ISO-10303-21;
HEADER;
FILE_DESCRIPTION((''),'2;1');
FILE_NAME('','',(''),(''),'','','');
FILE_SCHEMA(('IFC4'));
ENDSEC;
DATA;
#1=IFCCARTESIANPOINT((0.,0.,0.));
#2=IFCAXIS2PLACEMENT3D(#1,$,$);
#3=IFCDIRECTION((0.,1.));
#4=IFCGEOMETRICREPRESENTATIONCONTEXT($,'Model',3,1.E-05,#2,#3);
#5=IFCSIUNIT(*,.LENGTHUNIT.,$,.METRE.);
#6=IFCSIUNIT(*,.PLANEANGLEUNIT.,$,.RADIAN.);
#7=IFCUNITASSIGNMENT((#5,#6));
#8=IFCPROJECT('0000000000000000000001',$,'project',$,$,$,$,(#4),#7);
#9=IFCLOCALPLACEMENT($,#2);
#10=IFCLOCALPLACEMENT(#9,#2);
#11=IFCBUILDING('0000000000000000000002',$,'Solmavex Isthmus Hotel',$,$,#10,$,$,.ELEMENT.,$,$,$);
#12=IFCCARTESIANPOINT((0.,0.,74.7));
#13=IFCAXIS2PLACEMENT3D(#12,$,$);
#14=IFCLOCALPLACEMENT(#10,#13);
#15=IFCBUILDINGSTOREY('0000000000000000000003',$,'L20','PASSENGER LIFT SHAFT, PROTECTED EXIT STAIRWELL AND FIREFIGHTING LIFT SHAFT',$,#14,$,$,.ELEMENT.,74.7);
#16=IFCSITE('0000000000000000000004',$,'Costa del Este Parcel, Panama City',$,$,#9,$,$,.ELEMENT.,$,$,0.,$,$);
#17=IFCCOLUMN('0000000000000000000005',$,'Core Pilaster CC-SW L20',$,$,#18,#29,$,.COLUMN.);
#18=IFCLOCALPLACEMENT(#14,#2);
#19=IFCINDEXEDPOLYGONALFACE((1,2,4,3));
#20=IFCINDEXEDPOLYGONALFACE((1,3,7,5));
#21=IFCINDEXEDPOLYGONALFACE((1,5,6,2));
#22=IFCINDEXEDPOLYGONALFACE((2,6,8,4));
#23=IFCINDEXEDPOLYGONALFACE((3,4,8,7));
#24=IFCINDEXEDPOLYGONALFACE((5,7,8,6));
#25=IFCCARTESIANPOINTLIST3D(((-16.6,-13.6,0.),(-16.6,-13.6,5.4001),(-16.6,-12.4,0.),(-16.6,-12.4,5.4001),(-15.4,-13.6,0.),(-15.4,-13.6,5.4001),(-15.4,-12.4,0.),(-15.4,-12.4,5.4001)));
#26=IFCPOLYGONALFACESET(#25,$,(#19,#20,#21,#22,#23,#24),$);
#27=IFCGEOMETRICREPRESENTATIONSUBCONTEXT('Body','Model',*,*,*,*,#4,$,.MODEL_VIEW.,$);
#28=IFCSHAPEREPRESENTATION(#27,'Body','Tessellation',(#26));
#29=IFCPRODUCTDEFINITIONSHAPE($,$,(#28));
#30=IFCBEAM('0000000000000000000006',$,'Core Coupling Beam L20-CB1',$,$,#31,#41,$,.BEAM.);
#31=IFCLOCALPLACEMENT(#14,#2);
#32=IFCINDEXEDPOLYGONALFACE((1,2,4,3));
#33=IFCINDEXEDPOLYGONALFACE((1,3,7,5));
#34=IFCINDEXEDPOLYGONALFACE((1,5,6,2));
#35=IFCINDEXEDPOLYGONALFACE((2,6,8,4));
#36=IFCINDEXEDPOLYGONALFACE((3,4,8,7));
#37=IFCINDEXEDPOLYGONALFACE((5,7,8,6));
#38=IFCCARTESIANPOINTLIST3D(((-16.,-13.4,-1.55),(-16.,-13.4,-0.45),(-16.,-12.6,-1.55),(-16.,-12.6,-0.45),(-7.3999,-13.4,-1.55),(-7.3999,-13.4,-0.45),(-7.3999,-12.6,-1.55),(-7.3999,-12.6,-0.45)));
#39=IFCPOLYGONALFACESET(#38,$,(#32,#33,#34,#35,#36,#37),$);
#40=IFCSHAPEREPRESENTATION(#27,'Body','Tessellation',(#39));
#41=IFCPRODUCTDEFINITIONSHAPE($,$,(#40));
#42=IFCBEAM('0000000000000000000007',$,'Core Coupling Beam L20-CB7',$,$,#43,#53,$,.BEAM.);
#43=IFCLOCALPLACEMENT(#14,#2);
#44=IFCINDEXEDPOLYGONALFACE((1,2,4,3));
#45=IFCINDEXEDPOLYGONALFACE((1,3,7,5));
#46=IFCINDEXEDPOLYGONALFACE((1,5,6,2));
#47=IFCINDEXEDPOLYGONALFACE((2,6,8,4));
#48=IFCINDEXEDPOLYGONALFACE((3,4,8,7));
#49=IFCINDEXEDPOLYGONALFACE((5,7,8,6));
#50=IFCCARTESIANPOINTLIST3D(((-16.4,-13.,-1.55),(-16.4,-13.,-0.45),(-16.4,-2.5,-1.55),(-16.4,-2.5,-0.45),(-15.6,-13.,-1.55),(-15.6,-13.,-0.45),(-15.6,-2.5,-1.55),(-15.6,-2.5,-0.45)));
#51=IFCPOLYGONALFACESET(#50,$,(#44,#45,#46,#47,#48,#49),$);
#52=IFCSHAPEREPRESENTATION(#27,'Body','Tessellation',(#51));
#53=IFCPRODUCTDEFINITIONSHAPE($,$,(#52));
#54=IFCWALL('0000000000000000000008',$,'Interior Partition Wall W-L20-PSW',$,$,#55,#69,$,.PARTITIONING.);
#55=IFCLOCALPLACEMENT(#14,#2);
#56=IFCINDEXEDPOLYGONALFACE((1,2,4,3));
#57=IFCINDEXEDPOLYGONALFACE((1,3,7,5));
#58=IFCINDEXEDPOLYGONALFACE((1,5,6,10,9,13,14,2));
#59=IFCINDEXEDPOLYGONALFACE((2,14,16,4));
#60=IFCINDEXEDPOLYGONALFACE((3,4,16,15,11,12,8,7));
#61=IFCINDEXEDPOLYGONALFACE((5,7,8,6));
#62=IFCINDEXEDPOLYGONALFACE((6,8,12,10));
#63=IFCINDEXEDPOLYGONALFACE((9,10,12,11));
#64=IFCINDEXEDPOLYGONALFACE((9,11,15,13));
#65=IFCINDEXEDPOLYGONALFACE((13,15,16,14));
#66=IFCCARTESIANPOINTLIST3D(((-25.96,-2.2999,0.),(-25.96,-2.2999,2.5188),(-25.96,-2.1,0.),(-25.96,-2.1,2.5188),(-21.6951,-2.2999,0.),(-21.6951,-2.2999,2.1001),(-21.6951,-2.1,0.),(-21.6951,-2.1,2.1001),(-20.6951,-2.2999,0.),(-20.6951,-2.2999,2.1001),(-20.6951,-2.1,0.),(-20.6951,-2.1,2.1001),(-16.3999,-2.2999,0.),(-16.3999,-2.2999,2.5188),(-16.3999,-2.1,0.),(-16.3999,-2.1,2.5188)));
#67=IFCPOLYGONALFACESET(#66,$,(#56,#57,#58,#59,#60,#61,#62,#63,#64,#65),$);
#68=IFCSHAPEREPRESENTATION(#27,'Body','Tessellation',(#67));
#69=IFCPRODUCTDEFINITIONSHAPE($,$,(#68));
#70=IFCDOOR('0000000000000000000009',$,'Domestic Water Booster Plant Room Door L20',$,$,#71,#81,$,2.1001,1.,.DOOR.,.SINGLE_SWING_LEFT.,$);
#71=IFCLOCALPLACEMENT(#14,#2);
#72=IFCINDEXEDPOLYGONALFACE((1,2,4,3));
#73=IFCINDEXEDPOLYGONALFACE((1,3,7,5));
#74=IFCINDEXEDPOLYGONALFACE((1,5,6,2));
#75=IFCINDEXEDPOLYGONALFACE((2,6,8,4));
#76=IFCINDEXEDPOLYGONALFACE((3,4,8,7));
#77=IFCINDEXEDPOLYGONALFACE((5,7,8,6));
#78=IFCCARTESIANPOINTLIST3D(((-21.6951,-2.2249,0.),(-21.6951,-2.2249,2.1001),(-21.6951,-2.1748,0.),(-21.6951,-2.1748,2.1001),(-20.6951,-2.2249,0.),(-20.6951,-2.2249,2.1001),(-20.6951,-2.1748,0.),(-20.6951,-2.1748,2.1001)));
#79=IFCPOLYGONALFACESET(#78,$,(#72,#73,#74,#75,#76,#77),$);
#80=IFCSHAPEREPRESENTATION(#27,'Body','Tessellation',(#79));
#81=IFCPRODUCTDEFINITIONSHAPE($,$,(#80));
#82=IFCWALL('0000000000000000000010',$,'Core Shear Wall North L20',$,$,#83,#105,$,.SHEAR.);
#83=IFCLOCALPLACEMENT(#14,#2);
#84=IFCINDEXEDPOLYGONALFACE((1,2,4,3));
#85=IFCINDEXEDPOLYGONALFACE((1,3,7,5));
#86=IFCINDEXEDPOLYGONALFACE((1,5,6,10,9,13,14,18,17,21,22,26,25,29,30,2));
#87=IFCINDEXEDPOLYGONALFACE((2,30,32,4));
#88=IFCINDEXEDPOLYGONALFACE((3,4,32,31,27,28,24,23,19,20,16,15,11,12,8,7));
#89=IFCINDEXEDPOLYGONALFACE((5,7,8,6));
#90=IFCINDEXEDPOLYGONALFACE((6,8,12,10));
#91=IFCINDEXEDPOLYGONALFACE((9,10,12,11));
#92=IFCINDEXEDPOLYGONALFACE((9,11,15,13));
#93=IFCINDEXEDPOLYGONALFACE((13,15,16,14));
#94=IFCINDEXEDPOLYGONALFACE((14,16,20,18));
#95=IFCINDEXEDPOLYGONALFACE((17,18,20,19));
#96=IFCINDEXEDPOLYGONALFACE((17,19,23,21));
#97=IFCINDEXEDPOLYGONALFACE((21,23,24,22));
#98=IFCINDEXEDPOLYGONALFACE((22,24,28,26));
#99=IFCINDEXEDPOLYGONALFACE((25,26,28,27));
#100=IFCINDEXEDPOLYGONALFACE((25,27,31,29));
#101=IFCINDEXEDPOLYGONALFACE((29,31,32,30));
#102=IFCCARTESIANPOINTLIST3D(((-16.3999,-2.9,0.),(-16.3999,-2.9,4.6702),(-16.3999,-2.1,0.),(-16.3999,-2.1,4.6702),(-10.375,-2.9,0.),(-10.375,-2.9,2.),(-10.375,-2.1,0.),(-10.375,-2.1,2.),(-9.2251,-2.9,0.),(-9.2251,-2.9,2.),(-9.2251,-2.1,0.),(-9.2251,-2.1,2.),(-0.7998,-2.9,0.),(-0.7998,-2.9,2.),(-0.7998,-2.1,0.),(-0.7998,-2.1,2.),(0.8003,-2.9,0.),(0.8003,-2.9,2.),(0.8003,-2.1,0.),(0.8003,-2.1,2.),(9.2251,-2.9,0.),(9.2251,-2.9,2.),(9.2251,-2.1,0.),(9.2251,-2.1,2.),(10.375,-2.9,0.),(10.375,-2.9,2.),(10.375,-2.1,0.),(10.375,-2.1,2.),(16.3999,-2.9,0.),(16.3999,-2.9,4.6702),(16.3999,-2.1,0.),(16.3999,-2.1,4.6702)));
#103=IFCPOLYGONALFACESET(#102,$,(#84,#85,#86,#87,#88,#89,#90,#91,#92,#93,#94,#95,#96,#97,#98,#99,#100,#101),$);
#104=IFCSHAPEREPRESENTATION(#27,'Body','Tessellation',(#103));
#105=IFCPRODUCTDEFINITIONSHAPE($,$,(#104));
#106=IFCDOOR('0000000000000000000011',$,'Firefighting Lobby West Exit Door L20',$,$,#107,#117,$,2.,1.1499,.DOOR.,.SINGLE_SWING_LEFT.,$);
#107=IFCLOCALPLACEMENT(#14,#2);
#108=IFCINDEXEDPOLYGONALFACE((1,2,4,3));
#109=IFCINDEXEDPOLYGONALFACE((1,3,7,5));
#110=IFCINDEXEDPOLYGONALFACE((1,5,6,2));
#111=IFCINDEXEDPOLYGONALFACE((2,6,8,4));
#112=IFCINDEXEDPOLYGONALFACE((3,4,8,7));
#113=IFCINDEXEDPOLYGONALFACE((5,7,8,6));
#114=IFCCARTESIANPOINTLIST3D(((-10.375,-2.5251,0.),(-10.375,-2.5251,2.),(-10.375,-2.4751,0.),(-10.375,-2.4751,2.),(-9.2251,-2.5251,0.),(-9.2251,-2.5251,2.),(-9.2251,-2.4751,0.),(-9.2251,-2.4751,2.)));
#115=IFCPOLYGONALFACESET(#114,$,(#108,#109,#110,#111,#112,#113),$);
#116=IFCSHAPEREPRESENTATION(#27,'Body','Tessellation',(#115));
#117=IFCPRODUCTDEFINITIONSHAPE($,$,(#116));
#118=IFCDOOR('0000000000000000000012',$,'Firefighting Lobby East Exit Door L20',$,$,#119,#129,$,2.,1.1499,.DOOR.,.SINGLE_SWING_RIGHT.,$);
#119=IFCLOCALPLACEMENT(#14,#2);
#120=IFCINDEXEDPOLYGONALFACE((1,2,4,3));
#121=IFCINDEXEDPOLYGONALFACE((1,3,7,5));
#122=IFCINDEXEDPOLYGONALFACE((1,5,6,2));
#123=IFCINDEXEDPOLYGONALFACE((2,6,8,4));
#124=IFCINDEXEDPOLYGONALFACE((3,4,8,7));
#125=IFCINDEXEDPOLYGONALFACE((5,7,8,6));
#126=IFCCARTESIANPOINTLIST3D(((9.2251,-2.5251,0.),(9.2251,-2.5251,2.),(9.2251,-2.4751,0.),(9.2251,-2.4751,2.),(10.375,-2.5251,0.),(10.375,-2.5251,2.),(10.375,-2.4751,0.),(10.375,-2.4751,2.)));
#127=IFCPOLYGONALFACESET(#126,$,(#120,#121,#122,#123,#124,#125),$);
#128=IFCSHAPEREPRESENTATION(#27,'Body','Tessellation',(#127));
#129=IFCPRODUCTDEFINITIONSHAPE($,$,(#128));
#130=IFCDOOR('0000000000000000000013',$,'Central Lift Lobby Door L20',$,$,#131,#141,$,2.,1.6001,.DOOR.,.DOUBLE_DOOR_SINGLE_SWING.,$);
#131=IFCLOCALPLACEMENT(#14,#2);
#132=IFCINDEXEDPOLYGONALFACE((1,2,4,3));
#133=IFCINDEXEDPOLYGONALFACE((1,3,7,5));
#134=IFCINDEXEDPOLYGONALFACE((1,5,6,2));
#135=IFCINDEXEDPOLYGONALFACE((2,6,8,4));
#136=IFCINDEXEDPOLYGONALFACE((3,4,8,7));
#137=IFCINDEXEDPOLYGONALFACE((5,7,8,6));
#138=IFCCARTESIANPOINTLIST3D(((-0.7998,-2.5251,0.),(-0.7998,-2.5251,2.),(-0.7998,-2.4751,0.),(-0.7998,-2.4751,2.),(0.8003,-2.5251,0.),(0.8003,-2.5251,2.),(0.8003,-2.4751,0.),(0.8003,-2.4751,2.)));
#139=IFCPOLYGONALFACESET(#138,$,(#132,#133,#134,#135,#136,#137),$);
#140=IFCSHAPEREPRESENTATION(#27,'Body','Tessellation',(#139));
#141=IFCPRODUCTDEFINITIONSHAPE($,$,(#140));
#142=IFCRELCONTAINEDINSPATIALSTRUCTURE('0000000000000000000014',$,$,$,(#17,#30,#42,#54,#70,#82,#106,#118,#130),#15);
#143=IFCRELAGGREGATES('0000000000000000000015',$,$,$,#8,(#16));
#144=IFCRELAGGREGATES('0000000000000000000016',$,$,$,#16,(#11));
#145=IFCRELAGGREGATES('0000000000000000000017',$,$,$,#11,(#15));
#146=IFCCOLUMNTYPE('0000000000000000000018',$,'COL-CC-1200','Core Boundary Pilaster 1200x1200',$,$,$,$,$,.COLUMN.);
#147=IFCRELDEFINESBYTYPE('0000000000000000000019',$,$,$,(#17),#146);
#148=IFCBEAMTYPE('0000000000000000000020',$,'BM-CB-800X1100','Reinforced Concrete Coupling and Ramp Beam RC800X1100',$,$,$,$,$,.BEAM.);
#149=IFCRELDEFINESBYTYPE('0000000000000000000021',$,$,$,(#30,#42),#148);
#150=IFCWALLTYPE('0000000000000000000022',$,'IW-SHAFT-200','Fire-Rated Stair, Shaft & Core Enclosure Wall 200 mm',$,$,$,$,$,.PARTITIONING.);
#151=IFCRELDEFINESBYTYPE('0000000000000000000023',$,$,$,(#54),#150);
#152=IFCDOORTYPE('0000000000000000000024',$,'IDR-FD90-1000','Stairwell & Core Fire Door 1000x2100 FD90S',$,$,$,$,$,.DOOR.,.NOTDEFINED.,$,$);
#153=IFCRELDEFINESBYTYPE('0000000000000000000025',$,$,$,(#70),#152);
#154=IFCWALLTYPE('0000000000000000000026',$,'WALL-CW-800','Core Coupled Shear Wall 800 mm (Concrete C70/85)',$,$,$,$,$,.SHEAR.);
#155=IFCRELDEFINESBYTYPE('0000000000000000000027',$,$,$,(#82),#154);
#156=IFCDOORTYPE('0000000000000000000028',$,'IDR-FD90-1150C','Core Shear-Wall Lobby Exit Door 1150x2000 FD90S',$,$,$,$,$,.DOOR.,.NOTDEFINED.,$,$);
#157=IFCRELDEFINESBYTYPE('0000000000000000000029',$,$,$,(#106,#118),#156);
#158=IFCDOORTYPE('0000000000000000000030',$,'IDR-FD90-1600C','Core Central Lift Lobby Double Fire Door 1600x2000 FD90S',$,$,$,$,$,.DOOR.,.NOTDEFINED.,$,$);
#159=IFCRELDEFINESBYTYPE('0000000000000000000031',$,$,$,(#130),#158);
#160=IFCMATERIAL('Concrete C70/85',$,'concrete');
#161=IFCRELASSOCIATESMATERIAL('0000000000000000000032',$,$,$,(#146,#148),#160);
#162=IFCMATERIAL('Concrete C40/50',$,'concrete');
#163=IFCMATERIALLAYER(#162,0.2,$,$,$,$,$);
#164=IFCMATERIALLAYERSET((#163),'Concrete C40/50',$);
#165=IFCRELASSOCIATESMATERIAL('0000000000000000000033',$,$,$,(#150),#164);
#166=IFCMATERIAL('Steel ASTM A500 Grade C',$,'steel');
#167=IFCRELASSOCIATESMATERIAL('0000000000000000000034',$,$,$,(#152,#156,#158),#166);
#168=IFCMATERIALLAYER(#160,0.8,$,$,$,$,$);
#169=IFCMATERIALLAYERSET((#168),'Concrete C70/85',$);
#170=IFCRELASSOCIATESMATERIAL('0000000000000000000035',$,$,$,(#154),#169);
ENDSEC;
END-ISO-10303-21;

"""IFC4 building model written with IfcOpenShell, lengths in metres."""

from ifc_helpers import new_model, si_unit, direction, frame, frame_2d, origin, origin_2d, place, context, subcontext, project, spatial, rectangle, extrude, material, layer, layer_set, material_profile, profile_set, type_object, element, fill, save


model = new_model("IFC4")

# Units and contexts
model_context = context("Model", 3, precision=1e-05, world=origin(), true_north=direction((0.0, 1.0)))
body_context = subcontext(model_context, "Body", "Model", "MODEL_VIEW")
ifc_project = project(units=[si_unit("LENGTHUNIT", "METRE"), si_unit("PLANEANGLEUNIT", "RADIAN")], contexts=[model_context])

# Site, building, storey
site_placement = place(None, origin())
site = spatial("IfcSite", under=ifc_project, at=site_placement, Name="Costa del Este Parcel, Panama City", CompositionType="ELEMENT", RefElevation=0.0)
building_placement = place(site_placement, origin())
building = spatial("IfcBuilding", under=site, at=building_placement, Name="Solmavex Isthmus Hotel", CompositionType="ELEMENT")
storey_placement = place(building_placement, frame((0.0, 0.0, 74.7)))
storey = spatial("IfcBuildingStorey", under=building, at=storey_placement, Name="L20", Description="PASSENGER LIFT SHAFT, PROTECTED EXIT STAIRWELL AND FIREFIGHTING LIFT SHAFT", CompositionType="ELEMENT", Elevation=74.7)

# Column
ifc_material_1 = material(Name="Concrete C70/85", Category="concrete")
ifc_material_profile_1 = material_profile(ifc_material_1, rectangle(XDim=1.2, YDim=1.2, at=origin_2d()), Name="RC1200X1200")
ifc_profile_set_1 = profile_set([ifc_material_profile_1], Name="Concrete C70/85")
column_type = type_object("IfcColumnType", Name="COL-CC-1200", Description="Core Boundary Pilaster 1200x1200", PredefinedType="COLUMN", material=ifc_profile_set_1)
column_placement = place(storey_placement, frame((-16.0, -13.0, 0.0), z_axis=(0.0, 0.0, 1.0), x_axis=(1.0, 0.0, 0.0)))
element("IfcColumn", 1, at=column_placement, inside=storey, type_object=column_type, Name="Core Pilaster CC-SW L20", PredefinedType="COLUMN", context=body_context, shape_type="SweptSolid", body=[
    extrude(rectangle(XDim=1.2, YDim=1.2, at=origin_2d()), origin(), (0.0, 0.0, 1.0), 5.4001),
])

# Beams
ifc_material_profile_2 = material_profile(ifc_material_1, rectangle(XDim=0.8, YDim=1.1001, at=origin_2d()), Name="RC800X1100")
ifc_profile_set_2 = profile_set([ifc_material_profile_2], Name="Concrete C70/85")
beam_type = type_object("IfcBeamType", Name="BM-CB-800X1100", Description="Reinforced Concrete Coupling and Ramp Beam RC800X1100", PredefinedType="BEAM", material=ifc_profile_set_2)
beam_1_placement = place(storey_placement, frame((-16.0, -13.0, -1.0), z_axis=(1.0, 0.0, 0.0), x_axis=(0.0, 1.0, 0.0)))
element("IfcBeam", 2, at=beam_1_placement, inside=storey, type_object=beam_type, Name="Core Coupling Beam L20-CB1", PredefinedType="BEAM", context=body_context, shape_type="SweptSolid", body=[
    extrude(rectangle(XDim=0.8, YDim=1.1001, at=origin_2d()), origin(), (0.0, 0.0, 1.0), 8.6001),
])
beam_2_placement = place(storey_placement, frame((-16.0, -13.0, -1.0), z_axis=(0.0, 1.0, 0.0), x_axis=(-1.0, 0.0, 0.0)))
element("IfcBeam", 3, at=beam_2_placement, inside=storey, type_object=beam_type, Name="Core Coupling Beam L20-CB7", PredefinedType="BEAM", context=body_context, shape_type="SweptSolid", body=[
    extrude(rectangle(XDim=0.8, YDim=1.1001, at=origin_2d()), origin(), (0.0, 0.0, 1.0), 10.5),
])

# Wall, opening, door
ifc_material_2 = material(Name="Concrete C40/50", Category="concrete")
ifc_layer_1 = layer(ifc_material_2, 0.2)
ifc_layer_set_1 = layer_set([ifc_layer_1], Name="Concrete C40/50")
wall_type_1 = type_object("IfcWallType", Name="IW-SHAFT-200", Description="Fire-Rated Stair, Shaft & Core Enclosure Wall 200 mm", PredefinedType="PARTITIONING", material=ifc_layer_set_1)
wall_1_placement = place(storey_placement, frame((-25.96, -2.2, 0.0), z_axis=(0.0, 0.0, 1.0), x_axis=(1.0, 0.0, 0.0)))
wall_1 = element("IfcWall", 4, at=wall_1_placement, inside=storey, type_object=wall_type_1, Name="Interior Partition Wall W-L20-PSW", PredefinedType="PARTITIONING", context=body_context, shape_type="SweptSolid", body=[
    extrude(rectangle(XDim=9.5601, YDim=0.2, at=frame_2d((4.78, 0.0))), origin(), (0.0, 0.0, 1.0), 2.5188),
])
opening_1_placement = place(wall_1_placement, frame((4.2649, 0.0, 0.0)))
opening_1 = element("IfcOpeningElement", 5, at=opening_1_placement, cuts=wall_1, PredefinedType="OPENING", context=body_context, shape_type="SweptSolid", body=[
    extrude(rectangle(XDim=1.0, YDim=2.1001, at=frame_2d((0.5, 1.05))), frame((0.0, 0.1099, 0.0), z_axis=(0.0, -1.0, 0.0), x_axis=(1.0, 0.0, 0.0)), (0.0, 0.0, 1.0), 0.22),
])
ifc_material_3 = material(Name="Steel ASTM A500 Grade C", Category="steel")
door_type_1 = type_object("IfcDoorType", Name="IDR-FD90-1000", Description="Stairwell & Core Fire Door 1000x2100 FD90S", OperationType="NOTDEFINED", PredefinedType="DOOR", material=ifc_material_3)
door_1_placement = place(opening_1_placement, frame((1.0, 0.0, 0.0), z_axis=(0.0, 0.0, 1.0), x_axis=(-1.0, 0.0, 0.0)))
door_1 = element("IfcDoor", 6, at=door_1_placement, inside=storey, type_object=door_type_1, Name="Domestic Water Booster Plant Room Door L20", OperationType="SINGLE_SWING_LEFT", OverallHeight=2.1001, OverallWidth=1.0, PredefinedType="DOOR", context=body_context, shape_type="SweptSolid", body=[
    extrude(rectangle(XDim=1.0, YDim=2.1001, at=frame_2d((0.5, 1.05))), frame((0.0, 0.0249, 0.0), z_axis=(0.0, -1.0, 0.0), x_axis=(1.0, 0.0, 0.0)), (0.0, 0.0, 1.0), 0.05),
])
fill(opening_1, door_1)

# Wall, openings, doors
ifc_layer_2 = layer(ifc_material_1, 0.8)
ifc_layer_set_2 = layer_set([ifc_layer_2], Name="Concrete C70/85")
wall_type_2 = type_object("IfcWallType", Name="WALL-CW-800", Description="Core Coupled Shear Wall 800 mm (Concrete C70/85)", PredefinedType="SHEAR", material=ifc_layer_set_2)
wall_2_placement = place(storey_placement, frame((-16.3999, -2.5, 0.0), z_axis=(0.0, 0.0, 1.0), x_axis=(1.0, 0.0, 0.0)))
wall_2 = element("IfcWall", 7, at=wall_2_placement, inside=storey, type_object=wall_type_2, Name="Core Shear Wall North L20", PredefinedType="SHEAR", context=body_context, shape_type="SweptSolid", body=[
    extrude(rectangle(XDim=32.7998, YDim=0.8, at=frame_2d((16.3999, 0.0))), origin(), (0.0, 0.0, 1.0), 4.6702),
])
opening_2_placement = place(wall_2_placement, frame((6.0249, 0.0, 0.0)))
opening_2 = element("IfcOpeningElement", 8, at=opening_2_placement, cuts=wall_2, PredefinedType="OPENING", context=body_context, shape_type="SweptSolid", body=[
    extrude(rectangle(XDim=1.1499, YDim=2.0, at=frame_2d((0.575, 1.0))), frame((0.0, 0.4099, 0.0), z_axis=(0.0, -1.0, 0.0), x_axis=(1.0, 0.0, 0.0)), (0.0, 0.0, 1.0), 0.8201),
])
opening_3_placement = place(wall_2_placement, frame((15.6001, 0.0, 0.0)))
opening_3 = element("IfcOpeningElement", 9, at=opening_3_placement, cuts=wall_2, PredefinedType="OPENING", context=body_context, shape_type="SweptSolid", body=[
    extrude(rectangle(XDim=1.6001, YDim=2.0, at=frame_2d((0.8, 1.0))), frame((0.0, 0.4099, 0.0), z_axis=(0.0, -1.0, 0.0), x_axis=(1.0, 0.0, 0.0)), (0.0, 0.0, 1.0), 0.8201),
])
opening_4_placement = place(wall_2_placement, frame((25.625, 0.0, 0.0)))
opening_4 = element("IfcOpeningElement", 10, at=opening_4_placement, cuts=wall_2, PredefinedType="OPENING", context=body_context, shape_type="SweptSolid", body=[
    extrude(rectangle(XDim=1.1499, YDim=2.0, at=frame_2d((0.575, 1.0))), frame((0.0, 0.4099, 0.0), z_axis=(0.0, -1.0, 0.0), x_axis=(1.0, 0.0, 0.0)), (0.0, 0.0, 1.0), 0.8201),
])
door_type_2 = type_object("IfcDoorType", Name="IDR-FD90-1150C", Description="Core Shear-Wall Lobby Exit Door 1150x2000 FD90S", OperationType="NOTDEFINED", PredefinedType="DOOR", material=ifc_material_3)
door_2_placement = place(opening_2_placement, origin())
door_2 = element("IfcDoor", 11, at=door_2_placement, inside=storey, type_object=door_type_2, Name="Firefighting Lobby West Exit Door L20", OperationType="SINGLE_SWING_LEFT", OverallHeight=2.0, OverallWidth=1.1499, PredefinedType="DOOR", context=body_context, shape_type="SweptSolid", body=[
    extrude(rectangle(XDim=1.1499, YDim=2.0, at=frame_2d((0.575, 1.0))), frame((0.0, 0.0249, 0.0), z_axis=(0.0, -1.0, 0.0), x_axis=(1.0, 0.0, 0.0)), (0.0, 0.0, 1.0), 0.05),
])
fill(opening_2, door_2)
door_3_placement = place(opening_4_placement, origin())
door_3 = element("IfcDoor", 12, at=door_3_placement, inside=storey, type_object=door_type_2, Name="Firefighting Lobby East Exit Door L20", OperationType="SINGLE_SWING_RIGHT", OverallHeight=2.0, OverallWidth=1.1499, PredefinedType="DOOR", context=body_context, shape_type="SweptSolid", body=[
    extrude(rectangle(XDim=1.1499, YDim=2.0, at=frame_2d((0.575, 1.0))), frame((0.0, 0.0249, 0.0), z_axis=(0.0, -1.0, 0.0), x_axis=(1.0, 0.0, 0.0)), (0.0, 0.0, 1.0), 0.05),
])
fill(opening_4, door_3)
door_type_3 = type_object("IfcDoorType", Name="IDR-FD90-1600C", Description="Core Central Lift Lobby Double Fire Door 1600x2000 FD90S", OperationType="NOTDEFINED", PredefinedType="DOOR", material=ifc_material_3)
door_4_placement = place(opening_3_placement, origin())
door_4 = element("IfcDoor", 13, at=door_4_placement, inside=storey, type_object=door_type_3, Name="Central Lift Lobby Door L20", OperationType="DOUBLE_DOOR_SINGLE_SWING", OverallHeight=2.0, OverallWidth=1.6001, PredefinedType="DOOR", context=body_context, shape_type="SweptSolid", body=[
    extrude(rectangle(XDim=1.6001, YDim=2.0, at=frame_2d((0.8, 1.0))), frame((0.0, 0.0249, 0.0), z_axis=(0.0, -1.0, 0.0), x_axis=(1.0, 0.0, 0.0)), (0.0, 0.0, 1.0), 0.05),
])
fill(opening_3, door_4)

save(model, "model.ifc")
